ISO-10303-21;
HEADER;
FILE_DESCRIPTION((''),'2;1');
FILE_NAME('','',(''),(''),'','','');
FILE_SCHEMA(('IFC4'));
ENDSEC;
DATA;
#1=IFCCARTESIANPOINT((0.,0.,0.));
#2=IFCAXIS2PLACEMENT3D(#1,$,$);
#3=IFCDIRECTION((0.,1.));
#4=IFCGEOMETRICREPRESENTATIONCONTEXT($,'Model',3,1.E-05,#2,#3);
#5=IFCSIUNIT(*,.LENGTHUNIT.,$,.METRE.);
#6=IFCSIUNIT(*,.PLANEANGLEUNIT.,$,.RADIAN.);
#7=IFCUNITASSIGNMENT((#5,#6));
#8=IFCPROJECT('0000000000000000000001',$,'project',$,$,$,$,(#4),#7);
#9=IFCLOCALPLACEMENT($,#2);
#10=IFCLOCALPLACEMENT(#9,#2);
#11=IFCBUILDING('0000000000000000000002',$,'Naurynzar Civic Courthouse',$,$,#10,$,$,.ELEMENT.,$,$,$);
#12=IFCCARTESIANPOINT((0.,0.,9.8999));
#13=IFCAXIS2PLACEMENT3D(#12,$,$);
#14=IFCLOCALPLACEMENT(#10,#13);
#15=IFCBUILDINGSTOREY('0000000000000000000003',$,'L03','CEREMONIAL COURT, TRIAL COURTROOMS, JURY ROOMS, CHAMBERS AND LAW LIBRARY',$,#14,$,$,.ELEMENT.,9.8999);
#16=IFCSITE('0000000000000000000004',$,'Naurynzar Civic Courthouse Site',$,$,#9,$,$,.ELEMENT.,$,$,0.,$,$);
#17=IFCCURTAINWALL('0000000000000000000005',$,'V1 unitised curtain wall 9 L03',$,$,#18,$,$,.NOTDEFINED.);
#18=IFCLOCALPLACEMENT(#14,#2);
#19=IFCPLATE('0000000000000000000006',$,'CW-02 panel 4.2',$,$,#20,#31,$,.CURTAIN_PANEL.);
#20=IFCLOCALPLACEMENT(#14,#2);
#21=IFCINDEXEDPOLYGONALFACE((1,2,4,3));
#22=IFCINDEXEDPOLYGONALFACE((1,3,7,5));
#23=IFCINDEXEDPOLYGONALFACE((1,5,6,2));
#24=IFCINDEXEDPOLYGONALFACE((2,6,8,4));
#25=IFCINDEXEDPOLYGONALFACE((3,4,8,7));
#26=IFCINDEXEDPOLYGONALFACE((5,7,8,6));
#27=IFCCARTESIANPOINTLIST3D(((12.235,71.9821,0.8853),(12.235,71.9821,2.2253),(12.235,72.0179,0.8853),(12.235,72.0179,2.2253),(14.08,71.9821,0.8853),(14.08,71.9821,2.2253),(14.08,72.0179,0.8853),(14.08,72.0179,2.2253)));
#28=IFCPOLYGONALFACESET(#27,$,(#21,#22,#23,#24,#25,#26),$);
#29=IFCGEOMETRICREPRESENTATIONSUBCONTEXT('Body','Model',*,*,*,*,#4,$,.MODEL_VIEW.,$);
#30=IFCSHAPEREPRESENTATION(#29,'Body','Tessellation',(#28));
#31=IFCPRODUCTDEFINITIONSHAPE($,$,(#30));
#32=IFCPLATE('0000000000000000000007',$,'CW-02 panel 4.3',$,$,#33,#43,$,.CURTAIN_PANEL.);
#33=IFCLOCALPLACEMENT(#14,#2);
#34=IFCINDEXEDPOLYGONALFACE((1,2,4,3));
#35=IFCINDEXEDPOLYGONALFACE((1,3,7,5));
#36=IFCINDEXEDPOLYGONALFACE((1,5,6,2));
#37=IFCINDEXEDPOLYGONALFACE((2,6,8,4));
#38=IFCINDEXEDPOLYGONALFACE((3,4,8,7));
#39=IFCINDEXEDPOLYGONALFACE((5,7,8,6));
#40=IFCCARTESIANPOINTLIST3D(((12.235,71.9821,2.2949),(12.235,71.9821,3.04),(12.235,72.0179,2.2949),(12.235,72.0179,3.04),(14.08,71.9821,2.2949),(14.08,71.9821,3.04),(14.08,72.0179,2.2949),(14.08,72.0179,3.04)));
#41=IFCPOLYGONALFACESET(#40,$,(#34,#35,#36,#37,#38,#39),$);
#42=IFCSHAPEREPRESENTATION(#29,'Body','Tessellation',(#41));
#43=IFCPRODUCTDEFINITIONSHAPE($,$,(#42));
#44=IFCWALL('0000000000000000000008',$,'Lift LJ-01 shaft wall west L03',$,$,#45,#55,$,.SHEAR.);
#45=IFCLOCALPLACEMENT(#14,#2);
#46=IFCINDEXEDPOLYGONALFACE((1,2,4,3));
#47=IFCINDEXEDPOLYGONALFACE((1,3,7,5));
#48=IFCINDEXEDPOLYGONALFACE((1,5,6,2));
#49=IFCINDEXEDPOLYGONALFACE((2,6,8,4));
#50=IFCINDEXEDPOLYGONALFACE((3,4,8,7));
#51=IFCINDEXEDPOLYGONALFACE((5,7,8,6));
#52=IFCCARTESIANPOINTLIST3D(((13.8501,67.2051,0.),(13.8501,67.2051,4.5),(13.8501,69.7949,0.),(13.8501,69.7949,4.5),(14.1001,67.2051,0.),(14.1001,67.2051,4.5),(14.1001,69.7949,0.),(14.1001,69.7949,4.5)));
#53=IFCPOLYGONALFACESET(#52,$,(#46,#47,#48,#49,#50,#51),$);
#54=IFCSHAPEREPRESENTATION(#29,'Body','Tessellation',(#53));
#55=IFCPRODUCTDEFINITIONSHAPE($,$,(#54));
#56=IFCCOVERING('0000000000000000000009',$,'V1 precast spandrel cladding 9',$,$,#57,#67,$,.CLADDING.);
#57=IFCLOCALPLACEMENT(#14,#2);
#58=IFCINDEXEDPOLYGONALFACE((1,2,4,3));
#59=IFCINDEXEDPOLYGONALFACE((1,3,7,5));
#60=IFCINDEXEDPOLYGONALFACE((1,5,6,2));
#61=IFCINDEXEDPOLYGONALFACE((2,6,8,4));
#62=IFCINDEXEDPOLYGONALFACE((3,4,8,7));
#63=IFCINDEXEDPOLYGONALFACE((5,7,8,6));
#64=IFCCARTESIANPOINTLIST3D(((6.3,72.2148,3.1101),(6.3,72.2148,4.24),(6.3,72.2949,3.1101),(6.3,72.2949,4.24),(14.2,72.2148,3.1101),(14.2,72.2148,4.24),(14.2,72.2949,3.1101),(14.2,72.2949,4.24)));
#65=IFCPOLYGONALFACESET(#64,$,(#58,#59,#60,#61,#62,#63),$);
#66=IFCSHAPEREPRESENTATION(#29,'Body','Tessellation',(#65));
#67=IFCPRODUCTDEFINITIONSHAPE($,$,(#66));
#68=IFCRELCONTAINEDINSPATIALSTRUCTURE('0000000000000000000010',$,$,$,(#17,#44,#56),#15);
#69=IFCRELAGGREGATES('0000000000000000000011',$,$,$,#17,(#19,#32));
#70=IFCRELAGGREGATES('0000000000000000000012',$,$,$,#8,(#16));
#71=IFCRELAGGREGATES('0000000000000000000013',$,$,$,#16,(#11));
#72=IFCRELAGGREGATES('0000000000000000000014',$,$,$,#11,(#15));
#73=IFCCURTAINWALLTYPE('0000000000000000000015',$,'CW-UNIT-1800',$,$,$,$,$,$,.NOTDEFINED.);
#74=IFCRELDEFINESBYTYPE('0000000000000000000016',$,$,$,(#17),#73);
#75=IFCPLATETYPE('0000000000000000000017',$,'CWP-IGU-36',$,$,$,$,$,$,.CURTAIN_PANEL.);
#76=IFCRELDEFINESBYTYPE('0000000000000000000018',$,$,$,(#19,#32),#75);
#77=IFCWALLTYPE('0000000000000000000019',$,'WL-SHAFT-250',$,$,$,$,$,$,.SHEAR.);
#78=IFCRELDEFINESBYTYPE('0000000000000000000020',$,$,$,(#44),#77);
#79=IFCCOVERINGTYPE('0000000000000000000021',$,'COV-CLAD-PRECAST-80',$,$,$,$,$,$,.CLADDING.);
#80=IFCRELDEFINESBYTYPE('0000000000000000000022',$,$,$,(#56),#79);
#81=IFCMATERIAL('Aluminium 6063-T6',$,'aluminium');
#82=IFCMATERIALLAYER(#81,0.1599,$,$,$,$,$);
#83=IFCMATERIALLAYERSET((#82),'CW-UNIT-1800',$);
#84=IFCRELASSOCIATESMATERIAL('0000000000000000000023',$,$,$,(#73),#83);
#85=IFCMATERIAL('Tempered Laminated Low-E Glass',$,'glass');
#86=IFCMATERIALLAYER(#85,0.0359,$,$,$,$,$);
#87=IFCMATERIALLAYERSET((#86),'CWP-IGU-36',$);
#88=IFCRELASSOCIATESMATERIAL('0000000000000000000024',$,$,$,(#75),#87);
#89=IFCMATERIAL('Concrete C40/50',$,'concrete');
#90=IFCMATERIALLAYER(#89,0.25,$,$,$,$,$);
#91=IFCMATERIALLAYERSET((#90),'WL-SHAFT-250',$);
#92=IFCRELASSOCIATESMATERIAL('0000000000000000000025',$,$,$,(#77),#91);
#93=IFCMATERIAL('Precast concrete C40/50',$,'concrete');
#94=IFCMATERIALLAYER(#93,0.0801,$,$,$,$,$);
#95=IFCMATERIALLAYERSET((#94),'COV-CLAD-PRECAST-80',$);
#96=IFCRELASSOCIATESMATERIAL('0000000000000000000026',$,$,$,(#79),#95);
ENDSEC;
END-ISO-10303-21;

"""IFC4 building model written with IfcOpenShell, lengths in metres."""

from ifc_helpers import new_model, si_unit, direction, frame, frame_2d, origin, origin_2d, place, context, subcontext, project, spatial, rectangle, extrude, material, layer, layer_set, type_object, element, aggregate, save


model = new_model("IFC4")

# Units and contexts
model_context = context("Model", 3, precision=1e-05, world=origin(), true_north=direction((0.0, 1.0)))
body_context = subcontext(model_context, "Body", "Model", "MODEL_VIEW")
ifc_project = project(units=[si_unit("LENGTHUNIT", "METRE"), si_unit("PLANEANGLEUNIT", "RADIAN")], contexts=[model_context])

# Site, building, storey
site_placement = place(None, origin())
site = spatial("IfcSite", under=ifc_project, at=site_placement, Name="Naurynzar Civic Courthouse Site", CompositionType="ELEMENT", RefElevation=0.0)
building_placement = place(site_placement, origin())
building = spatial("IfcBuilding", under=site, at=building_placement, Name="Naurynzar Civic Courthouse", CompositionType="ELEMENT")
storey_placement = place(building_placement, frame((0.0, 0.0, 9.8999)))
storey = spatial("IfcBuildingStorey", under=building, at=storey_placement, Name="L03", Description="CEREMONIAL COURT, TRIAL COURTROOMS, JURY ROOMS, CHAMBERS AND LAW LIBRARY", CompositionType="ELEMENT", Elevation=9.8999)

# Curtain wall, plates
ifc_material_1 = material(Name="Aluminium 6063-T6", Category="aluminium")
ifc_layer_1 = layer(ifc_material_1, 0.1599)
ifc_layer_set_1 = layer_set([ifc_layer_1], Name="CW-UNIT-1800")
curtain_wall_type = type_object("IfcCurtainWallType", Name="CW-UNIT-1800", PredefinedType="NOTDEFINED", material=ifc_layer_set_1)
curtain_wall_placement = place(storey_placement, origin())
curtain_wall = element("IfcCurtainWall", 1, at=curtain_wall_placement, inside=storey, type_object=curtain_wall_type, Name="V1 unitised curtain wall 9 L03", PredefinedType="NOTDEFINED")
ifc_material_2 = material(Name="Tempered Laminated Low-E Glass", Category="glass")
ifc_layer_2 = layer(ifc_material_2, 0.0359)
ifc_layer_set_2 = layer_set([ifc_layer_2], Name="CWP-IGU-36")
plate_type = type_object("IfcPlateType", Name="CWP-IGU-36", PredefinedType="CURTAIN_PANEL", material=ifc_layer_set_2)
plate_1_placement = place(storey_placement, frame((13.1575, 72.0, 0.8853), z_axis=(0.0, 0.0, 1.0), x_axis=(1.0, 0.0, 0.0)))
plate_1 = element("IfcPlate", 2, at=plate_1_placement, type_object=plate_type, Name="CW-02 panel 4.2", PredefinedType="CURTAIN_PANEL", context=body_context, shape_type="SweptSolid", body=[
    extrude(rectangle(XDim=1.845, YDim=0.0359, at=origin_2d()), origin(), (0.0, 0.0, 1.0), 1.3401),
])
plate_2_placement = place(storey_placement, frame((13.1575, 72.0, 2.2949), z_axis=(0.0, 0.0, 1.0), x_axis=(1.0, 0.0, 0.0)))
plate_2 = element("IfcPlate", 3, at=plate_2_placement, type_object=plate_type, Name="CW-02 panel 4.3", PredefinedType="CURTAIN_PANEL", context=body_context, shape_type="SweptSolid", body=[
    extrude(rectangle(XDim=1.845, YDim=0.0359, at=origin_2d()), origin(), (0.0, 0.0, 1.0), 0.7451),
])
aggregate(curtain_wall, [plate_1, plate_2])

# Shared definitions
ifc_material_3 = material(Name="Concrete C40/50", Category="concrete")
ifc_layer_3 = layer(ifc_material_3, 0.25)
ifc_layer_set_3 = layer_set([ifc_layer_3], Name="WL-SHAFT-250")
wall_type = type_object("IfcWallType", Name="WL-SHAFT-250", PredefinedType="SHEAR", material=ifc_layer_set_3)

# Wall
wall_1_placement = place(storey_placement, frame((13.9751, 69.7949, 0.0), z_axis=(0.0, 0.0, 1.0), x_axis=(0.0, -1.0, 0.0)))
element("IfcWall", 4, at=wall_1_placement, inside=storey, type_object=wall_type, Name="Lift LJ-01 shaft wall west L03", PredefinedType="SHEAR", context=body_context, shape_type="SweptSolid", body=[
    extrude(rectangle(XDim=2.5898, YDim=0.25, at=frame_2d((1.2949, 0.0))), origin(), (0.0, 0.0, 1.0), 4.5),
])

# Covering
ifc_material_4 = material(Name="Precast concrete C40/50", Category="concrete")
ifc_layer_4 = layer(ifc_material_4, 0.0801)
ifc_layer_set_4 = layer_set([ifc_layer_4], Name="COV-CLAD-PRECAST-80")
covering_type = type_object("IfcCoveringType", Name="COV-CLAD-PRECAST-80", PredefinedType="CLADDING", material=ifc_layer_set_4)
covering_placement = place(storey_placement, frame((10.25, 72.2549, 3.1101), z_axis=(0.0, 0.0, 1.0), x_axis=(1.0, 0.0, 0.0)))
element("IfcCovering", 5, at=covering_placement, inside=storey, type_object=covering_type, Name="V1 precast spandrel cladding 9", PredefinedType="CLADDING", context=body_context, shape_type="SweptSolid", body=[
    extrude(rectangle(XDim=7.8999, YDim=0.0801, at=origin_2d()), origin(), (0.0, 0.0, 1.0), 1.1299),
])

save(model, "model.ifc")
